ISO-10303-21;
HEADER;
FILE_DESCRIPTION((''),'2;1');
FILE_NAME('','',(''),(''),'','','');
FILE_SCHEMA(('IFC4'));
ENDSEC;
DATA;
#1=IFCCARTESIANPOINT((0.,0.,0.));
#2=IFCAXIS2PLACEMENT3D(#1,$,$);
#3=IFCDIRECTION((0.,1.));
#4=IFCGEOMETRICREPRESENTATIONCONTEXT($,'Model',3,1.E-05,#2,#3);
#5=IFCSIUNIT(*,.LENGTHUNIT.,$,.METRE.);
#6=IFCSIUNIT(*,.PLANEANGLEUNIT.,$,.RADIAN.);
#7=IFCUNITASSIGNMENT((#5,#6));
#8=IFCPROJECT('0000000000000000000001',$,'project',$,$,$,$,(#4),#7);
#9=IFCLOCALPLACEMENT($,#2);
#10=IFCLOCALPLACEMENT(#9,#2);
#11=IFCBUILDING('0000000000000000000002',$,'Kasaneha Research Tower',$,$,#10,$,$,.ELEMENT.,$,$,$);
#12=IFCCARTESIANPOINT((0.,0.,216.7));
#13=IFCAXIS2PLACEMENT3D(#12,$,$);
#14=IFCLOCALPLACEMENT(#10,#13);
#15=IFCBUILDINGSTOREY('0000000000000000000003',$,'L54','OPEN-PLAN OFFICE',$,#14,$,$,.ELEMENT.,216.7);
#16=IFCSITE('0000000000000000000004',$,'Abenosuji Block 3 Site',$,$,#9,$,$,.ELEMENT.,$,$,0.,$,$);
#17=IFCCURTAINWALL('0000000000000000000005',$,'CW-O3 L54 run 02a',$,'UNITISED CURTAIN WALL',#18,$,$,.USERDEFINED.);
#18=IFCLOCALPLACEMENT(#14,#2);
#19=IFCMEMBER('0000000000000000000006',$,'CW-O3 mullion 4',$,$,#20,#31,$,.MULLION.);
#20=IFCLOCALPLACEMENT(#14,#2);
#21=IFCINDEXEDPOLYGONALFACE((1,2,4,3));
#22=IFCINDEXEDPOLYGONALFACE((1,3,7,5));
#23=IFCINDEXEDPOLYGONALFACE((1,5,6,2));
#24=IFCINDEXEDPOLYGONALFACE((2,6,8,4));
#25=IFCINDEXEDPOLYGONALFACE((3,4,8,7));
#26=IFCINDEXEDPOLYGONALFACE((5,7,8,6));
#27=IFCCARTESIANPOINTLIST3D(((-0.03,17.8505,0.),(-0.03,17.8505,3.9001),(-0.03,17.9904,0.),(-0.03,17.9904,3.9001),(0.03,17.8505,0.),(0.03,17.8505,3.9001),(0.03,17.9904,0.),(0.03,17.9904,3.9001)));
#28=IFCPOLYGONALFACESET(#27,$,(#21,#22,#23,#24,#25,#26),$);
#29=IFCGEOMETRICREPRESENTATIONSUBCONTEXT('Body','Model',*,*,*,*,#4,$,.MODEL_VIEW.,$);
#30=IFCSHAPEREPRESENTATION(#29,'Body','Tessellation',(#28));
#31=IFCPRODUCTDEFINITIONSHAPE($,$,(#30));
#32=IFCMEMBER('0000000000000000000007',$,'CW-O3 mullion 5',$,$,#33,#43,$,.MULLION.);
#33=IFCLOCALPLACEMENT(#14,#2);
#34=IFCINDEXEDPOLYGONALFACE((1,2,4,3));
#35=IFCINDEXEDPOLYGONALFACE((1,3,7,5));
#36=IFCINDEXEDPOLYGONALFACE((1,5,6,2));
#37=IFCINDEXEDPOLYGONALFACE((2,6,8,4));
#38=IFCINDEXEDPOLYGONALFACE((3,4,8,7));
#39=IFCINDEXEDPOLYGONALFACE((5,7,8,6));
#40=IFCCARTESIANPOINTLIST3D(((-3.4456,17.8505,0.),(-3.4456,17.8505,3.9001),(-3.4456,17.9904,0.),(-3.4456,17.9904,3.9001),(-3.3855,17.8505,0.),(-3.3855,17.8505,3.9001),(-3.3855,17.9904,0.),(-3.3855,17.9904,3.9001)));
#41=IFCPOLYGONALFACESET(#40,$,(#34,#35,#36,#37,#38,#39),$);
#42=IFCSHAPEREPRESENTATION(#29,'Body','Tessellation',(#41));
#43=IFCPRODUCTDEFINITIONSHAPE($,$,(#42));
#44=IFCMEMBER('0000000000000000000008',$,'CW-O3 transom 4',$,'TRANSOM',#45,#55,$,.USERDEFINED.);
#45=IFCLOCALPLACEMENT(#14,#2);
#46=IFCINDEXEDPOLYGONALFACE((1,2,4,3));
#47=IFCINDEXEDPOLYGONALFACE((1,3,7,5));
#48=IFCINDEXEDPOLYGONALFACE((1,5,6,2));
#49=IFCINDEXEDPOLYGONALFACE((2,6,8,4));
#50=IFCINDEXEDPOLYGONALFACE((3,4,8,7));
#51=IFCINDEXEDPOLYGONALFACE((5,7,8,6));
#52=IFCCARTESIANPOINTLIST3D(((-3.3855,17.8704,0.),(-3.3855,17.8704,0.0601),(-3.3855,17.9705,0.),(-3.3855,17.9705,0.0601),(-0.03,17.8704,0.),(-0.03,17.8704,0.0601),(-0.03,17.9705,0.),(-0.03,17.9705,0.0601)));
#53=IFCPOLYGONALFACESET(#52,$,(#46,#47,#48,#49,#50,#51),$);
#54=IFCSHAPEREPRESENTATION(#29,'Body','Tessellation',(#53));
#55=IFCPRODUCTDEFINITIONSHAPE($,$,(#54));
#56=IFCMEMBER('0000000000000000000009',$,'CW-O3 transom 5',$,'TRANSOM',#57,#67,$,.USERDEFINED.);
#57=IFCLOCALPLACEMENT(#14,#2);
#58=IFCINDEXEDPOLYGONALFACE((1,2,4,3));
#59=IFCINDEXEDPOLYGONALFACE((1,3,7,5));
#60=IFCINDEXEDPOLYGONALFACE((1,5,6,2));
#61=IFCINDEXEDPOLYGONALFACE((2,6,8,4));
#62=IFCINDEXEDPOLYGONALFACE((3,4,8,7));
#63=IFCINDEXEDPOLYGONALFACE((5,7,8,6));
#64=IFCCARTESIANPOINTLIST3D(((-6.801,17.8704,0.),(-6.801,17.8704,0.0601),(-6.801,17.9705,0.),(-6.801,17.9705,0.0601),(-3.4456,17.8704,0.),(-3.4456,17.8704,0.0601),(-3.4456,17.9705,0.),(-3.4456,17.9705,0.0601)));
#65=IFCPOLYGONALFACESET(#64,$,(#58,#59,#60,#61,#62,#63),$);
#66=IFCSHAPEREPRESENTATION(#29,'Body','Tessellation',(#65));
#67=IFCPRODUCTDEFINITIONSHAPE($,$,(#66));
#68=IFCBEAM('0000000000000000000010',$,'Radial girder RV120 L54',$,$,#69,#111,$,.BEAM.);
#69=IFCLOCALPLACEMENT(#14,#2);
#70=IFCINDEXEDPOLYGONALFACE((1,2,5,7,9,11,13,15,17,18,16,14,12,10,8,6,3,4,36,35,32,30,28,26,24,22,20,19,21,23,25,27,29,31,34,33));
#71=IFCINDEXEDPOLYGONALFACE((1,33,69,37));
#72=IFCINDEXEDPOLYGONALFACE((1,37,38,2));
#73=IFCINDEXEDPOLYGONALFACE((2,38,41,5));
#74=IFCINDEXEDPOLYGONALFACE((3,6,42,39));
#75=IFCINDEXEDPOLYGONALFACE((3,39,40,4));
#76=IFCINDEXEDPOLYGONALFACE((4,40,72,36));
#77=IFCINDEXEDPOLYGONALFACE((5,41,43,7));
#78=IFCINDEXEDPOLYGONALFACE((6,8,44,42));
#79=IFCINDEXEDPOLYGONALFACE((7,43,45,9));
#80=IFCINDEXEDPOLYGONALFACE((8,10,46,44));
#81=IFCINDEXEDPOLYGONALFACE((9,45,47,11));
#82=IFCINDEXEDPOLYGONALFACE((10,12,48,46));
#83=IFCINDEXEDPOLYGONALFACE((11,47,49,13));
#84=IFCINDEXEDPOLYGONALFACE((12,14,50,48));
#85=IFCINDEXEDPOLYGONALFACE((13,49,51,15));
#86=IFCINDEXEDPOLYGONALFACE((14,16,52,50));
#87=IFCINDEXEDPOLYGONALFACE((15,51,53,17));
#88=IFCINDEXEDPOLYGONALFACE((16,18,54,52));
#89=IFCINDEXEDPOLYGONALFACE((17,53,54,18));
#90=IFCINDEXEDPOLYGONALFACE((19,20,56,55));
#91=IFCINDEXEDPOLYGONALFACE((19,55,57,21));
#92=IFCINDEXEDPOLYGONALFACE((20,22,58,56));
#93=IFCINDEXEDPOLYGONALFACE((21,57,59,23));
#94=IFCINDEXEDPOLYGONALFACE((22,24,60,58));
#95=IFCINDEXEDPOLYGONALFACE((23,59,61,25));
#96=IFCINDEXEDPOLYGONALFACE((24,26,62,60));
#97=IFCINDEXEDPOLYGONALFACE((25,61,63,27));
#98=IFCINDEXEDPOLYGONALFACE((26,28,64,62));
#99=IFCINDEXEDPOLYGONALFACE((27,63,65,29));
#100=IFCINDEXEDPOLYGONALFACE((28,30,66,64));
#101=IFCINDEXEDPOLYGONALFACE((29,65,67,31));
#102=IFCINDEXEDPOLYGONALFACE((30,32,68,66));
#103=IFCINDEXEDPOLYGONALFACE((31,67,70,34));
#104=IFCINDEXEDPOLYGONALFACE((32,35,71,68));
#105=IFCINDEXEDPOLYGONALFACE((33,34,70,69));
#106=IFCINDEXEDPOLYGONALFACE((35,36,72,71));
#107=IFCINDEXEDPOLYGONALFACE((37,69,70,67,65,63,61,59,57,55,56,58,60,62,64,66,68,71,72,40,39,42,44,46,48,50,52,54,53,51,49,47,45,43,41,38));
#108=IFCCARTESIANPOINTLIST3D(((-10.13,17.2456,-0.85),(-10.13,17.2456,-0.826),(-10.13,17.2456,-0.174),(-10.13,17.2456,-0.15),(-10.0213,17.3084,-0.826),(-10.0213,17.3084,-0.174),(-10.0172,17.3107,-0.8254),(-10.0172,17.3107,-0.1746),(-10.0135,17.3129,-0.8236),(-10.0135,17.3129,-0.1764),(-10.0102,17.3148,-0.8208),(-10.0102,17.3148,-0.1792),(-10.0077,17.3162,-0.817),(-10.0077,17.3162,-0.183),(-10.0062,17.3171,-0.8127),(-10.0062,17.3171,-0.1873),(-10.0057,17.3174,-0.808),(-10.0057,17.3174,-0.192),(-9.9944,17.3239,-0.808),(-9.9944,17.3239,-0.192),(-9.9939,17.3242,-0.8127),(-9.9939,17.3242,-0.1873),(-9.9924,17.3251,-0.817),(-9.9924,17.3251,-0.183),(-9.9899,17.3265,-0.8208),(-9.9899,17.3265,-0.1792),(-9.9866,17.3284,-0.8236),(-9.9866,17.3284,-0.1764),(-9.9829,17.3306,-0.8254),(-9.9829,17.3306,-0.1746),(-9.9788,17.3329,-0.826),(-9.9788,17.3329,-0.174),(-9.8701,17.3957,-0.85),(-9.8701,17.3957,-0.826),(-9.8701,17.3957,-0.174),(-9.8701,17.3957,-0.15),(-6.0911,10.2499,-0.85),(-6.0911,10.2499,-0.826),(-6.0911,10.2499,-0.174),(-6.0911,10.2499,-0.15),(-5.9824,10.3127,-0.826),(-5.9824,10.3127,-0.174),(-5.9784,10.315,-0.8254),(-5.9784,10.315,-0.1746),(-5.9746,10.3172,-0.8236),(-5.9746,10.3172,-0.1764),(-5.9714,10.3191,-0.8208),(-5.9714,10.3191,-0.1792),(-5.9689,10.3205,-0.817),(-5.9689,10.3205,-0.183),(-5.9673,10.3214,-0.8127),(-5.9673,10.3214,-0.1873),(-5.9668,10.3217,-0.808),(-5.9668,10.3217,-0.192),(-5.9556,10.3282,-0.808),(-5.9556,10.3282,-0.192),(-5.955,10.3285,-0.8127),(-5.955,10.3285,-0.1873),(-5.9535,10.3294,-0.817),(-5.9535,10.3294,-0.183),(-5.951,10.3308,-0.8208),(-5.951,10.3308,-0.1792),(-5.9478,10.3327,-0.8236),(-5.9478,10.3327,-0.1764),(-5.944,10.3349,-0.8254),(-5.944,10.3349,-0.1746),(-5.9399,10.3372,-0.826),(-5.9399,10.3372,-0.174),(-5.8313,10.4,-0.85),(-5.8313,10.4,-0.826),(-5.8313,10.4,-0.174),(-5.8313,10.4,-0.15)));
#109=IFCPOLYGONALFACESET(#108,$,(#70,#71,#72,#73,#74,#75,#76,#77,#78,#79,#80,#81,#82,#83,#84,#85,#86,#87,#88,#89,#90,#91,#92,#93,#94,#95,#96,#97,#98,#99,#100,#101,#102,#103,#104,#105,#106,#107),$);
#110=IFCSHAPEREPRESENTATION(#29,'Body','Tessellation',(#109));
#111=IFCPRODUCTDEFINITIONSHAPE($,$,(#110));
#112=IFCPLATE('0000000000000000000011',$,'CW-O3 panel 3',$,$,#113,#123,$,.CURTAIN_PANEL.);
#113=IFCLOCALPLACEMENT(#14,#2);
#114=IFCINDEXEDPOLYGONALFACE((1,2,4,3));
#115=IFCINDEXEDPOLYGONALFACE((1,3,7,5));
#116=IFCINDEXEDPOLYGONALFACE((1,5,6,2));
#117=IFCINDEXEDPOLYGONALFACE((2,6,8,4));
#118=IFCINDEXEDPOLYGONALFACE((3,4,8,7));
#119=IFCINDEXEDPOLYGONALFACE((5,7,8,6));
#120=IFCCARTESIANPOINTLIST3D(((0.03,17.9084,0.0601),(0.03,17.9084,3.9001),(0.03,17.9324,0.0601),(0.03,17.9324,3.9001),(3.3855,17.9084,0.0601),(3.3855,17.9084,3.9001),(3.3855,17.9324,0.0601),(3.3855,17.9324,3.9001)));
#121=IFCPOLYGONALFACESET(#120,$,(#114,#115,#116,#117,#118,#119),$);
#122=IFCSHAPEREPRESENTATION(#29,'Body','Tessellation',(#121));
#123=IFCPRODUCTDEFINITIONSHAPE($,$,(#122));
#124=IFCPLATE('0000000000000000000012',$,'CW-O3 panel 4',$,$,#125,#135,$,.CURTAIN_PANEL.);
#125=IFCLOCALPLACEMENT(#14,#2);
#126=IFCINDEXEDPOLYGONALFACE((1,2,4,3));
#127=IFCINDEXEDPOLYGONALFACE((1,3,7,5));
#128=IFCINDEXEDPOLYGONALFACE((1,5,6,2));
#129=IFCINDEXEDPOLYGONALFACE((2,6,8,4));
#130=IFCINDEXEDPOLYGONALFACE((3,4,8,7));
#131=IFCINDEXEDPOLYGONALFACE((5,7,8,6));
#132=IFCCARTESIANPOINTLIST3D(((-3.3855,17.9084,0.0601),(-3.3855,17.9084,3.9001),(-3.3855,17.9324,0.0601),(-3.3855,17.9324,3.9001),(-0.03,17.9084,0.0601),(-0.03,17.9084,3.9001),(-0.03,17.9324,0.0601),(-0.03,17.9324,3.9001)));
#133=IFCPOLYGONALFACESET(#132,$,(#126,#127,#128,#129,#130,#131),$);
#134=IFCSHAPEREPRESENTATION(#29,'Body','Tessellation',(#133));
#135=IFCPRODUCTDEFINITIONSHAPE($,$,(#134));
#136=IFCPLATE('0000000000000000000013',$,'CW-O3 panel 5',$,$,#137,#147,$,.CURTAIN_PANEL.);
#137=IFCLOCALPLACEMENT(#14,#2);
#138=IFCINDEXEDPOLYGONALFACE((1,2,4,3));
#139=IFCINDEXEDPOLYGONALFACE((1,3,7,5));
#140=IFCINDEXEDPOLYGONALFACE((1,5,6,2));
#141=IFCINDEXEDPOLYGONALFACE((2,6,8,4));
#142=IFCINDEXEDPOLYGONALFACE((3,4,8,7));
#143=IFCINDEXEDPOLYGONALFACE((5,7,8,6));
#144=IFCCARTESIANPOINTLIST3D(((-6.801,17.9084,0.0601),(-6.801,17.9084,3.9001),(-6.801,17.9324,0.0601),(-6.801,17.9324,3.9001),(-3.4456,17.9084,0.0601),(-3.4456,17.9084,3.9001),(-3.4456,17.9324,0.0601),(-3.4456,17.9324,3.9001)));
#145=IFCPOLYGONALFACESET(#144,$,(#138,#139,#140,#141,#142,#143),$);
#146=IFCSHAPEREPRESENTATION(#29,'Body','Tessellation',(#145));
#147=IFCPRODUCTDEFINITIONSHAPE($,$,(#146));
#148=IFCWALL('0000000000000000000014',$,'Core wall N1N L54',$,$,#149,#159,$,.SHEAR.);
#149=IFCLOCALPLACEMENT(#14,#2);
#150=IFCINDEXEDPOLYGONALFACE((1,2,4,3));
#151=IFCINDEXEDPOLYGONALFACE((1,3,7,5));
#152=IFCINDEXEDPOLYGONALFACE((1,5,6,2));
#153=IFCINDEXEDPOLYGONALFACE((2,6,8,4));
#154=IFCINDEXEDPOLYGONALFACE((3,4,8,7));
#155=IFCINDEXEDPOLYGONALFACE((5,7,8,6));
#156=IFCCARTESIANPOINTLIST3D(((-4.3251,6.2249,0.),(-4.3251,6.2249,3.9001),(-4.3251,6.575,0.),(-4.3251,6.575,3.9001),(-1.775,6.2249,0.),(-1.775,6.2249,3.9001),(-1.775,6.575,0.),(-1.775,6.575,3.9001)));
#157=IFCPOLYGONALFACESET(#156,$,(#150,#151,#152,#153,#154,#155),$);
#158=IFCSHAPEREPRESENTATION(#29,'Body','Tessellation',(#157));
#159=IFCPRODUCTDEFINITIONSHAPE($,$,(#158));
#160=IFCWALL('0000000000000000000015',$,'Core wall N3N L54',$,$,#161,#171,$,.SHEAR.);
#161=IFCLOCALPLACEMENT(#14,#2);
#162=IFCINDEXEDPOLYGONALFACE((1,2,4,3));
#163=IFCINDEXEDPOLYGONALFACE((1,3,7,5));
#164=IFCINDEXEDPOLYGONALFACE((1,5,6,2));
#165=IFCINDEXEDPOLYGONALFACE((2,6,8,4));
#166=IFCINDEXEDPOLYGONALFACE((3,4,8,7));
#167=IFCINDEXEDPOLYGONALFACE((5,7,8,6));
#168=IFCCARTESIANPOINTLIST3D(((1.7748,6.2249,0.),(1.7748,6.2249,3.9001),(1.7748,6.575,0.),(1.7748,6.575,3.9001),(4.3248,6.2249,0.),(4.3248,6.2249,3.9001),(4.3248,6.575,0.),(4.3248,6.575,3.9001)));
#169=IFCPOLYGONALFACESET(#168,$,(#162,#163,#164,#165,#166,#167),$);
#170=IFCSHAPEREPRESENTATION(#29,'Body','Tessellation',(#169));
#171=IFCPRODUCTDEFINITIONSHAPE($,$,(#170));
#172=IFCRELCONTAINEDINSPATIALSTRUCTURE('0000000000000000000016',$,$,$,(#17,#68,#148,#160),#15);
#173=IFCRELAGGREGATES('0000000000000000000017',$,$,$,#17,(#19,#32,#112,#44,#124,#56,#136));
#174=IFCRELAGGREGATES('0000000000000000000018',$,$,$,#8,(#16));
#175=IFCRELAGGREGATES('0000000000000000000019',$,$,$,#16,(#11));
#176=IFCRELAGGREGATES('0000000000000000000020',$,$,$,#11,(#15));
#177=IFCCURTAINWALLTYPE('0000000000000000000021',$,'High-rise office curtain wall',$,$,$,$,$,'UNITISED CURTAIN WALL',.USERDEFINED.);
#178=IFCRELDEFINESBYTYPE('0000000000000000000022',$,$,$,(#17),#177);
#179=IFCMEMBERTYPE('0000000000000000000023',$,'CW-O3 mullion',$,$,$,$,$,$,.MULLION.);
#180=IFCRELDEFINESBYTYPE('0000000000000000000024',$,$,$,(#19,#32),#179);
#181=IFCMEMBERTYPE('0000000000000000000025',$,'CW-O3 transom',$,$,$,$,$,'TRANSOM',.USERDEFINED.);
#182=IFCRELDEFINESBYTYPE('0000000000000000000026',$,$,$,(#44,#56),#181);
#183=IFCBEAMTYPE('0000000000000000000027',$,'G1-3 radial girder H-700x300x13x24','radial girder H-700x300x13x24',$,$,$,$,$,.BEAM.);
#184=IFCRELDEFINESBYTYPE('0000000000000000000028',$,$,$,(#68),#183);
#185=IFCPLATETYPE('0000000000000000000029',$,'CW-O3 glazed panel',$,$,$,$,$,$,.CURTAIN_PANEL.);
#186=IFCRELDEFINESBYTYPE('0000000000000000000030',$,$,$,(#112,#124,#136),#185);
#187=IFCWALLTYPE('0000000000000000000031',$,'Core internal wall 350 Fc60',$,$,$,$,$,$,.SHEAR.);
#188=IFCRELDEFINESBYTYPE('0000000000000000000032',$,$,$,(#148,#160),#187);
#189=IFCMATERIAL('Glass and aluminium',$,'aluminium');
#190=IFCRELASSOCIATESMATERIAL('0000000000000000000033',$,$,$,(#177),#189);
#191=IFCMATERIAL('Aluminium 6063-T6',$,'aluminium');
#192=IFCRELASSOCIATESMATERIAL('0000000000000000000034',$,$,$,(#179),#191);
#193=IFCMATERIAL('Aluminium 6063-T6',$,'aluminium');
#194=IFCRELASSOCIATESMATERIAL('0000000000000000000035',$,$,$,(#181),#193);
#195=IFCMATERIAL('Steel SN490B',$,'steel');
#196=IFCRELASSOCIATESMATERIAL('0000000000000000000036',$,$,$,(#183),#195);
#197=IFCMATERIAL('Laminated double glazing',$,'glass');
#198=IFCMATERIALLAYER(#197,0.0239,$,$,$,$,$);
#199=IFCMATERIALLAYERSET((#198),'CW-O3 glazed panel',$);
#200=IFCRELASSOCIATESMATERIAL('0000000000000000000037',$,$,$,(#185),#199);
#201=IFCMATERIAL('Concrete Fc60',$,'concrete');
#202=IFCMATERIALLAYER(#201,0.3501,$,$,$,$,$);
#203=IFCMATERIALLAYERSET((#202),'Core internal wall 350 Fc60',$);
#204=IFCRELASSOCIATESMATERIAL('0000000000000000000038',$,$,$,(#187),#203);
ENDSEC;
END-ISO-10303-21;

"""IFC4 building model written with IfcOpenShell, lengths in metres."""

from ifc_helpers import new_model, si_unit, direction, frame, frame_2d, origin, origin_2d, place, context, subcontext, project, spatial, rectangle, i_section, extrude, material, layer, layer_set, material_profile, profile_set, type_object, element, aggregate, save


model = new_model("IFC4")

# Units and contexts
model_context = context("Model", 3, precision=1e-05, world=origin(), true_north=direction((0.0, 1.0)))
body_context = subcontext(model_context, "Body", "Model", "MODEL_VIEW")
ifc_project = project(units=[si_unit("LENGTHUNIT", "METRE"), si_unit("PLANEANGLEUNIT", "RADIAN")], contexts=[model_context])

# Site, building, storey
site_placement = place(None, origin())
site = spatial("IfcSite", under=ifc_project, at=site_placement, Name="Abenosuji Block 3 Site", CompositionType="ELEMENT", RefElevation=0.0)
building_placement = place(site_placement, origin())
building = spatial("IfcBuilding", under=site, at=building_placement, Name="Kasaneha Research Tower", CompositionType="ELEMENT")
storey_placement = place(building_placement, frame((0.0, 0.0, 216.7)))
storey = spatial("IfcBuildingStorey", under=building, at=storey_placement, Name="L54", Description="OPEN-PLAN OFFICE", CompositionType="ELEMENT", Elevation=216.7)

# Curtain wall, members
ifc_material_1 = material(Name="Glass and aluminium", Category="aluminium")
curtain_wall_type = type_object("IfcCurtainWallType", Name="High-rise office curtain wall", ElementType="UNITISED CURTAIN WALL", PredefinedType="USERDEFINED", material=ifc_material_1)
curtain_wall_placement = place(storey_placement, origin())
curtain_wall = element("IfcCurtainWall", 1, at=curtain_wall_placement, inside=storey, type_object=curtain_wall_type, Name="CW-O3 L54 run 02a", ObjectType="UNITISED CURTAIN WALL", PredefinedType="USERDEFINED")
ifc_material_2 = material(Name="Aluminium 6063-T6", Category="aluminium")
ifc_material_profile_1 = material_profile(ifc_material_2, rectangle(XDim=0.0601, YDim=0.1399, at=origin_2d()), Name="CW-O3 mullion 60x140")
ifc_profile_set_1 = profile_set([ifc_material_profile_1], Name="Aluminium 6063-T6")
member_type_1 = type_object("IfcMemberType", Name="CW-O3 mullion", PredefinedType="MULLION", material=ifc_profile_set_1)
member_1_placement = place(storey_placement, frame((0.0, 17.9204, 0.0), z_axis=(0.0, 0.0, 1.0), x_axis=(-1.0, 0.0, 0.0)))
member_1 = element("IfcMember", 2, at=member_1_placement, type_object=member_type_1, Name="CW-O3 mullion 4", PredefinedType="MULLION", context=body_context, shape_type="SweptSolid", body=[
    extrude(rectangle(XDim=0.0601, YDim=0.1399, at=origin_2d()), origin(), (0.0, 0.0, 1.0), 3.9001),
])
member_2_placement = place(storey_placement, frame((-3.4155, 17.9204, 0.0), z_axis=(0.0, 0.0, 1.0), x_axis=(-1.0, 0.0, 0.0)))
member_2 = element("IfcMember", 3, at=member_2_placement, type_object=member_type_1, Name="CW-O3 mullion 5", PredefinedType="MULLION", context=body_context, shape_type="SweptSolid", body=[
    extrude(rectangle(XDim=0.0601, YDim=0.1399, at=origin_2d()), origin(), (0.0, 0.0, 1.0), 3.9001),
])
ifc_material_3 = material(Name="Aluminium 6063-T6", Category="aluminium")
ifc_material_profile_2 = material_profile(ifc_material_3, rectangle(XDim=0.1001, YDim=0.0601, at=origin_2d()), Name="CW-O3 transom 100x60")
ifc_profile_set_2 = profile_set([ifc_material_profile_2], Name="Aluminium 6063-T6")
member_type_2 = type_object("IfcMemberType", Name="CW-O3 transom", ElementType="TRANSOM", PredefinedType="USERDEFINED", material=ifc_profile_set_2)
member_3_placement = place(storey_placement, frame((-0.03, 17.9204, 0.03), z_axis=(-1.0, 0.0, 0.0), x_axis=(0.0, -1.0, 0.0)))
member_3 = element("IfcMember", 4, at=member_3_placement, type_object=member_type_2, Name="CW-O3 transom 4", ObjectType="TRANSOM", PredefinedType="USERDEFINED", context=body_context, shape_type="SweptSolid", body=[
    extrude(rectangle(XDim=0.1001, YDim=0.0601, at=origin_2d()), origin(), (0.0, 0.0, 1.0), 3.3555),
])
member_4_placement = place(storey_placement, frame((-3.4456, 17.9204, 0.03), z_axis=(-1.0, 0.0, 0.0), x_axis=(0.0, -1.0, 0.0)))
member_4 = element("IfcMember", 5, at=member_4_placement, type_object=member_type_2, Name="CW-O3 transom 5", ObjectType="TRANSOM", PredefinedType="USERDEFINED", context=body_context, shape_type="SweptSolid", body=[
    extrude(rectangle(XDim=0.1001, YDim=0.0601, at=origin_2d()), origin(), (0.0, 0.0, 1.0), 3.3555),
])

# Beam
ifc_material_4 = material(Name="Steel SN490B", Category="steel")
ifc_material_profile_3 = material_profile(ifc_material_4, i_section(OverallWidth=0.3, OverallDepth=0.7, WebThickness=0.0129, FlangeThickness=0.0239, FilletRadius=0.0181, at=origin_2d()), Name="H-700x300x13x24")
ifc_profile_set_3 = profile_set([ifc_material_profile_3], Name="Steel SN490B")
beam_type = type_object("IfcBeamType", Name="G1-3 radial girder H-700x300x13x24", Description="radial girder H-700x300x13x24", PredefinedType="BEAM", material=ifc_profile_set_3)
beam_placement = place(storey_placement, frame((-5.9612, 10.325, -0.5), z_axis=(-0.499991, 0.866031, 0.0), x_axis=(-0.866031, -0.499991, 0.0)))
element("IfcBeam", 6, at=beam_placement, inside=storey, type_object=beam_type, Name="Radial girder RV120 L54", PredefinedType="BEAM", context=body_context, shape_type="SweptSolid", body=[
    extrude(i_section(OverallWidth=0.3, OverallDepth=0.7, WebThickness=0.0129, FlangeThickness=0.0239, FilletRadius=0.0181, at=origin_2d()), origin(), (0.0, 0.0, 1.0), 8.0779),
])

# Plates
ifc_material_5 = material(Name="Laminated double glazing", Category="glass")
ifc_layer_1 = layer(ifc_material_5, 0.0239)
ifc_layer_set_1 = layer_set([ifc_layer_1], Name="CW-O3 glazed panel")
plate_type = type_object("IfcPlateType", Name="CW-O3 glazed panel", PredefinedType="CURTAIN_PANEL", material=ifc_layer_set_1)
plate_1_placement = place(storey_placement, frame((1.7078, 17.9204, 0.0601), z_axis=(0.0, 0.0, 1.0), x_axis=(-1.0, 0.0, 0.0)))
plate_1 = element("IfcPlate", 7, at=plate_1_placement, type_object=plate_type, Name="CW-O3 panel 3", PredefinedType="CURTAIN_PANEL", context=body_context, shape_type="SweptSolid", body=[
    extrude(rectangle(XDim=3.3555, YDim=0.0239, at=origin_2d()), origin(), (0.0, 0.0, 1.0), 3.8401),
])
plate_2_placement = place(storey_placement, frame((-1.7078, 17.9204, 0.0601), z_axis=(0.0, 0.0, 1.0), x_axis=(-1.0, 0.0, 0.0)))
plate_2 = element("IfcPlate", 8, at=plate_2_placement, type_object=plate_type, Name="CW-O3 panel 4", PredefinedType="CURTAIN_PANEL", context=body_context, shape_type="SweptSolid", body=[
    extrude(rectangle(XDim=3.3555, YDim=0.0239, at=origin_2d()), origin(), (0.0, 0.0, 1.0), 3.8401),
])
plate_3_placement = place(storey_placement, frame((-5.1233, 17.9204, 0.0601), z_axis=(0.0, 0.0, 1.0), x_axis=(-1.0, 0.0, 0.0)))
plate_3 = element("IfcPlate", 9, at=plate_3_placement, type_object=plate_type, Name="CW-O3 panel 5", PredefinedType="CURTAIN_PANEL", context=body_context, shape_type="SweptSolid", body=[
    extrude(rectangle(XDim=3.3555, YDim=0.0239, at=origin_2d()), origin(), (0.0, 0.0, 1.0), 3.8401),
])
aggregate(curtain_wall, [member_1, member_2, plate_1, member_3, plate_2, member_4, plate_3])

# Walls
ifc_material_6 = material(Name="Concrete Fc60", Category="concrete")
ifc_layer_2 = layer(ifc_material_6, 0.3501)
ifc_layer_set_2 = layer_set([ifc_layer_2], Name="Core internal wall 350 Fc60")
wall_type_1 = type_object("IfcWallType", Name="Core internal wall 350 Fc60", PredefinedType="SHEAR", material=ifc_layer_set_2)
for number, where, z_axis, x_axis, name in (
    (10, (-4.325, 6.3999, 0.0), (0.0, 0.0, 1.0), (1.0, 0.0, 0.0), "Core wall N1N L54"),
    (11, (1.7749, 6.3999, 0.0), (0.0, 0.0, 1.0), (1.0, 0.0, 0.0), "Core wall N3N L54"),
):
    element("IfcWall", number, at=place(storey_placement, frame(where, z_axis=z_axis, x_axis=x_axis)), inside=storey, type_object=wall_type_1, Name=name, PredefinedType="SHEAR", context=body_context, shape_type="SweptSolid", body=[
        extrude(rectangle(XDim=2.55, YDim=0.3501, at=frame_2d((1.2749, 0.0))), origin(), (0.0, 0.0, 1.0), 3.9001),
    ])

save(model, "model.ifc")
